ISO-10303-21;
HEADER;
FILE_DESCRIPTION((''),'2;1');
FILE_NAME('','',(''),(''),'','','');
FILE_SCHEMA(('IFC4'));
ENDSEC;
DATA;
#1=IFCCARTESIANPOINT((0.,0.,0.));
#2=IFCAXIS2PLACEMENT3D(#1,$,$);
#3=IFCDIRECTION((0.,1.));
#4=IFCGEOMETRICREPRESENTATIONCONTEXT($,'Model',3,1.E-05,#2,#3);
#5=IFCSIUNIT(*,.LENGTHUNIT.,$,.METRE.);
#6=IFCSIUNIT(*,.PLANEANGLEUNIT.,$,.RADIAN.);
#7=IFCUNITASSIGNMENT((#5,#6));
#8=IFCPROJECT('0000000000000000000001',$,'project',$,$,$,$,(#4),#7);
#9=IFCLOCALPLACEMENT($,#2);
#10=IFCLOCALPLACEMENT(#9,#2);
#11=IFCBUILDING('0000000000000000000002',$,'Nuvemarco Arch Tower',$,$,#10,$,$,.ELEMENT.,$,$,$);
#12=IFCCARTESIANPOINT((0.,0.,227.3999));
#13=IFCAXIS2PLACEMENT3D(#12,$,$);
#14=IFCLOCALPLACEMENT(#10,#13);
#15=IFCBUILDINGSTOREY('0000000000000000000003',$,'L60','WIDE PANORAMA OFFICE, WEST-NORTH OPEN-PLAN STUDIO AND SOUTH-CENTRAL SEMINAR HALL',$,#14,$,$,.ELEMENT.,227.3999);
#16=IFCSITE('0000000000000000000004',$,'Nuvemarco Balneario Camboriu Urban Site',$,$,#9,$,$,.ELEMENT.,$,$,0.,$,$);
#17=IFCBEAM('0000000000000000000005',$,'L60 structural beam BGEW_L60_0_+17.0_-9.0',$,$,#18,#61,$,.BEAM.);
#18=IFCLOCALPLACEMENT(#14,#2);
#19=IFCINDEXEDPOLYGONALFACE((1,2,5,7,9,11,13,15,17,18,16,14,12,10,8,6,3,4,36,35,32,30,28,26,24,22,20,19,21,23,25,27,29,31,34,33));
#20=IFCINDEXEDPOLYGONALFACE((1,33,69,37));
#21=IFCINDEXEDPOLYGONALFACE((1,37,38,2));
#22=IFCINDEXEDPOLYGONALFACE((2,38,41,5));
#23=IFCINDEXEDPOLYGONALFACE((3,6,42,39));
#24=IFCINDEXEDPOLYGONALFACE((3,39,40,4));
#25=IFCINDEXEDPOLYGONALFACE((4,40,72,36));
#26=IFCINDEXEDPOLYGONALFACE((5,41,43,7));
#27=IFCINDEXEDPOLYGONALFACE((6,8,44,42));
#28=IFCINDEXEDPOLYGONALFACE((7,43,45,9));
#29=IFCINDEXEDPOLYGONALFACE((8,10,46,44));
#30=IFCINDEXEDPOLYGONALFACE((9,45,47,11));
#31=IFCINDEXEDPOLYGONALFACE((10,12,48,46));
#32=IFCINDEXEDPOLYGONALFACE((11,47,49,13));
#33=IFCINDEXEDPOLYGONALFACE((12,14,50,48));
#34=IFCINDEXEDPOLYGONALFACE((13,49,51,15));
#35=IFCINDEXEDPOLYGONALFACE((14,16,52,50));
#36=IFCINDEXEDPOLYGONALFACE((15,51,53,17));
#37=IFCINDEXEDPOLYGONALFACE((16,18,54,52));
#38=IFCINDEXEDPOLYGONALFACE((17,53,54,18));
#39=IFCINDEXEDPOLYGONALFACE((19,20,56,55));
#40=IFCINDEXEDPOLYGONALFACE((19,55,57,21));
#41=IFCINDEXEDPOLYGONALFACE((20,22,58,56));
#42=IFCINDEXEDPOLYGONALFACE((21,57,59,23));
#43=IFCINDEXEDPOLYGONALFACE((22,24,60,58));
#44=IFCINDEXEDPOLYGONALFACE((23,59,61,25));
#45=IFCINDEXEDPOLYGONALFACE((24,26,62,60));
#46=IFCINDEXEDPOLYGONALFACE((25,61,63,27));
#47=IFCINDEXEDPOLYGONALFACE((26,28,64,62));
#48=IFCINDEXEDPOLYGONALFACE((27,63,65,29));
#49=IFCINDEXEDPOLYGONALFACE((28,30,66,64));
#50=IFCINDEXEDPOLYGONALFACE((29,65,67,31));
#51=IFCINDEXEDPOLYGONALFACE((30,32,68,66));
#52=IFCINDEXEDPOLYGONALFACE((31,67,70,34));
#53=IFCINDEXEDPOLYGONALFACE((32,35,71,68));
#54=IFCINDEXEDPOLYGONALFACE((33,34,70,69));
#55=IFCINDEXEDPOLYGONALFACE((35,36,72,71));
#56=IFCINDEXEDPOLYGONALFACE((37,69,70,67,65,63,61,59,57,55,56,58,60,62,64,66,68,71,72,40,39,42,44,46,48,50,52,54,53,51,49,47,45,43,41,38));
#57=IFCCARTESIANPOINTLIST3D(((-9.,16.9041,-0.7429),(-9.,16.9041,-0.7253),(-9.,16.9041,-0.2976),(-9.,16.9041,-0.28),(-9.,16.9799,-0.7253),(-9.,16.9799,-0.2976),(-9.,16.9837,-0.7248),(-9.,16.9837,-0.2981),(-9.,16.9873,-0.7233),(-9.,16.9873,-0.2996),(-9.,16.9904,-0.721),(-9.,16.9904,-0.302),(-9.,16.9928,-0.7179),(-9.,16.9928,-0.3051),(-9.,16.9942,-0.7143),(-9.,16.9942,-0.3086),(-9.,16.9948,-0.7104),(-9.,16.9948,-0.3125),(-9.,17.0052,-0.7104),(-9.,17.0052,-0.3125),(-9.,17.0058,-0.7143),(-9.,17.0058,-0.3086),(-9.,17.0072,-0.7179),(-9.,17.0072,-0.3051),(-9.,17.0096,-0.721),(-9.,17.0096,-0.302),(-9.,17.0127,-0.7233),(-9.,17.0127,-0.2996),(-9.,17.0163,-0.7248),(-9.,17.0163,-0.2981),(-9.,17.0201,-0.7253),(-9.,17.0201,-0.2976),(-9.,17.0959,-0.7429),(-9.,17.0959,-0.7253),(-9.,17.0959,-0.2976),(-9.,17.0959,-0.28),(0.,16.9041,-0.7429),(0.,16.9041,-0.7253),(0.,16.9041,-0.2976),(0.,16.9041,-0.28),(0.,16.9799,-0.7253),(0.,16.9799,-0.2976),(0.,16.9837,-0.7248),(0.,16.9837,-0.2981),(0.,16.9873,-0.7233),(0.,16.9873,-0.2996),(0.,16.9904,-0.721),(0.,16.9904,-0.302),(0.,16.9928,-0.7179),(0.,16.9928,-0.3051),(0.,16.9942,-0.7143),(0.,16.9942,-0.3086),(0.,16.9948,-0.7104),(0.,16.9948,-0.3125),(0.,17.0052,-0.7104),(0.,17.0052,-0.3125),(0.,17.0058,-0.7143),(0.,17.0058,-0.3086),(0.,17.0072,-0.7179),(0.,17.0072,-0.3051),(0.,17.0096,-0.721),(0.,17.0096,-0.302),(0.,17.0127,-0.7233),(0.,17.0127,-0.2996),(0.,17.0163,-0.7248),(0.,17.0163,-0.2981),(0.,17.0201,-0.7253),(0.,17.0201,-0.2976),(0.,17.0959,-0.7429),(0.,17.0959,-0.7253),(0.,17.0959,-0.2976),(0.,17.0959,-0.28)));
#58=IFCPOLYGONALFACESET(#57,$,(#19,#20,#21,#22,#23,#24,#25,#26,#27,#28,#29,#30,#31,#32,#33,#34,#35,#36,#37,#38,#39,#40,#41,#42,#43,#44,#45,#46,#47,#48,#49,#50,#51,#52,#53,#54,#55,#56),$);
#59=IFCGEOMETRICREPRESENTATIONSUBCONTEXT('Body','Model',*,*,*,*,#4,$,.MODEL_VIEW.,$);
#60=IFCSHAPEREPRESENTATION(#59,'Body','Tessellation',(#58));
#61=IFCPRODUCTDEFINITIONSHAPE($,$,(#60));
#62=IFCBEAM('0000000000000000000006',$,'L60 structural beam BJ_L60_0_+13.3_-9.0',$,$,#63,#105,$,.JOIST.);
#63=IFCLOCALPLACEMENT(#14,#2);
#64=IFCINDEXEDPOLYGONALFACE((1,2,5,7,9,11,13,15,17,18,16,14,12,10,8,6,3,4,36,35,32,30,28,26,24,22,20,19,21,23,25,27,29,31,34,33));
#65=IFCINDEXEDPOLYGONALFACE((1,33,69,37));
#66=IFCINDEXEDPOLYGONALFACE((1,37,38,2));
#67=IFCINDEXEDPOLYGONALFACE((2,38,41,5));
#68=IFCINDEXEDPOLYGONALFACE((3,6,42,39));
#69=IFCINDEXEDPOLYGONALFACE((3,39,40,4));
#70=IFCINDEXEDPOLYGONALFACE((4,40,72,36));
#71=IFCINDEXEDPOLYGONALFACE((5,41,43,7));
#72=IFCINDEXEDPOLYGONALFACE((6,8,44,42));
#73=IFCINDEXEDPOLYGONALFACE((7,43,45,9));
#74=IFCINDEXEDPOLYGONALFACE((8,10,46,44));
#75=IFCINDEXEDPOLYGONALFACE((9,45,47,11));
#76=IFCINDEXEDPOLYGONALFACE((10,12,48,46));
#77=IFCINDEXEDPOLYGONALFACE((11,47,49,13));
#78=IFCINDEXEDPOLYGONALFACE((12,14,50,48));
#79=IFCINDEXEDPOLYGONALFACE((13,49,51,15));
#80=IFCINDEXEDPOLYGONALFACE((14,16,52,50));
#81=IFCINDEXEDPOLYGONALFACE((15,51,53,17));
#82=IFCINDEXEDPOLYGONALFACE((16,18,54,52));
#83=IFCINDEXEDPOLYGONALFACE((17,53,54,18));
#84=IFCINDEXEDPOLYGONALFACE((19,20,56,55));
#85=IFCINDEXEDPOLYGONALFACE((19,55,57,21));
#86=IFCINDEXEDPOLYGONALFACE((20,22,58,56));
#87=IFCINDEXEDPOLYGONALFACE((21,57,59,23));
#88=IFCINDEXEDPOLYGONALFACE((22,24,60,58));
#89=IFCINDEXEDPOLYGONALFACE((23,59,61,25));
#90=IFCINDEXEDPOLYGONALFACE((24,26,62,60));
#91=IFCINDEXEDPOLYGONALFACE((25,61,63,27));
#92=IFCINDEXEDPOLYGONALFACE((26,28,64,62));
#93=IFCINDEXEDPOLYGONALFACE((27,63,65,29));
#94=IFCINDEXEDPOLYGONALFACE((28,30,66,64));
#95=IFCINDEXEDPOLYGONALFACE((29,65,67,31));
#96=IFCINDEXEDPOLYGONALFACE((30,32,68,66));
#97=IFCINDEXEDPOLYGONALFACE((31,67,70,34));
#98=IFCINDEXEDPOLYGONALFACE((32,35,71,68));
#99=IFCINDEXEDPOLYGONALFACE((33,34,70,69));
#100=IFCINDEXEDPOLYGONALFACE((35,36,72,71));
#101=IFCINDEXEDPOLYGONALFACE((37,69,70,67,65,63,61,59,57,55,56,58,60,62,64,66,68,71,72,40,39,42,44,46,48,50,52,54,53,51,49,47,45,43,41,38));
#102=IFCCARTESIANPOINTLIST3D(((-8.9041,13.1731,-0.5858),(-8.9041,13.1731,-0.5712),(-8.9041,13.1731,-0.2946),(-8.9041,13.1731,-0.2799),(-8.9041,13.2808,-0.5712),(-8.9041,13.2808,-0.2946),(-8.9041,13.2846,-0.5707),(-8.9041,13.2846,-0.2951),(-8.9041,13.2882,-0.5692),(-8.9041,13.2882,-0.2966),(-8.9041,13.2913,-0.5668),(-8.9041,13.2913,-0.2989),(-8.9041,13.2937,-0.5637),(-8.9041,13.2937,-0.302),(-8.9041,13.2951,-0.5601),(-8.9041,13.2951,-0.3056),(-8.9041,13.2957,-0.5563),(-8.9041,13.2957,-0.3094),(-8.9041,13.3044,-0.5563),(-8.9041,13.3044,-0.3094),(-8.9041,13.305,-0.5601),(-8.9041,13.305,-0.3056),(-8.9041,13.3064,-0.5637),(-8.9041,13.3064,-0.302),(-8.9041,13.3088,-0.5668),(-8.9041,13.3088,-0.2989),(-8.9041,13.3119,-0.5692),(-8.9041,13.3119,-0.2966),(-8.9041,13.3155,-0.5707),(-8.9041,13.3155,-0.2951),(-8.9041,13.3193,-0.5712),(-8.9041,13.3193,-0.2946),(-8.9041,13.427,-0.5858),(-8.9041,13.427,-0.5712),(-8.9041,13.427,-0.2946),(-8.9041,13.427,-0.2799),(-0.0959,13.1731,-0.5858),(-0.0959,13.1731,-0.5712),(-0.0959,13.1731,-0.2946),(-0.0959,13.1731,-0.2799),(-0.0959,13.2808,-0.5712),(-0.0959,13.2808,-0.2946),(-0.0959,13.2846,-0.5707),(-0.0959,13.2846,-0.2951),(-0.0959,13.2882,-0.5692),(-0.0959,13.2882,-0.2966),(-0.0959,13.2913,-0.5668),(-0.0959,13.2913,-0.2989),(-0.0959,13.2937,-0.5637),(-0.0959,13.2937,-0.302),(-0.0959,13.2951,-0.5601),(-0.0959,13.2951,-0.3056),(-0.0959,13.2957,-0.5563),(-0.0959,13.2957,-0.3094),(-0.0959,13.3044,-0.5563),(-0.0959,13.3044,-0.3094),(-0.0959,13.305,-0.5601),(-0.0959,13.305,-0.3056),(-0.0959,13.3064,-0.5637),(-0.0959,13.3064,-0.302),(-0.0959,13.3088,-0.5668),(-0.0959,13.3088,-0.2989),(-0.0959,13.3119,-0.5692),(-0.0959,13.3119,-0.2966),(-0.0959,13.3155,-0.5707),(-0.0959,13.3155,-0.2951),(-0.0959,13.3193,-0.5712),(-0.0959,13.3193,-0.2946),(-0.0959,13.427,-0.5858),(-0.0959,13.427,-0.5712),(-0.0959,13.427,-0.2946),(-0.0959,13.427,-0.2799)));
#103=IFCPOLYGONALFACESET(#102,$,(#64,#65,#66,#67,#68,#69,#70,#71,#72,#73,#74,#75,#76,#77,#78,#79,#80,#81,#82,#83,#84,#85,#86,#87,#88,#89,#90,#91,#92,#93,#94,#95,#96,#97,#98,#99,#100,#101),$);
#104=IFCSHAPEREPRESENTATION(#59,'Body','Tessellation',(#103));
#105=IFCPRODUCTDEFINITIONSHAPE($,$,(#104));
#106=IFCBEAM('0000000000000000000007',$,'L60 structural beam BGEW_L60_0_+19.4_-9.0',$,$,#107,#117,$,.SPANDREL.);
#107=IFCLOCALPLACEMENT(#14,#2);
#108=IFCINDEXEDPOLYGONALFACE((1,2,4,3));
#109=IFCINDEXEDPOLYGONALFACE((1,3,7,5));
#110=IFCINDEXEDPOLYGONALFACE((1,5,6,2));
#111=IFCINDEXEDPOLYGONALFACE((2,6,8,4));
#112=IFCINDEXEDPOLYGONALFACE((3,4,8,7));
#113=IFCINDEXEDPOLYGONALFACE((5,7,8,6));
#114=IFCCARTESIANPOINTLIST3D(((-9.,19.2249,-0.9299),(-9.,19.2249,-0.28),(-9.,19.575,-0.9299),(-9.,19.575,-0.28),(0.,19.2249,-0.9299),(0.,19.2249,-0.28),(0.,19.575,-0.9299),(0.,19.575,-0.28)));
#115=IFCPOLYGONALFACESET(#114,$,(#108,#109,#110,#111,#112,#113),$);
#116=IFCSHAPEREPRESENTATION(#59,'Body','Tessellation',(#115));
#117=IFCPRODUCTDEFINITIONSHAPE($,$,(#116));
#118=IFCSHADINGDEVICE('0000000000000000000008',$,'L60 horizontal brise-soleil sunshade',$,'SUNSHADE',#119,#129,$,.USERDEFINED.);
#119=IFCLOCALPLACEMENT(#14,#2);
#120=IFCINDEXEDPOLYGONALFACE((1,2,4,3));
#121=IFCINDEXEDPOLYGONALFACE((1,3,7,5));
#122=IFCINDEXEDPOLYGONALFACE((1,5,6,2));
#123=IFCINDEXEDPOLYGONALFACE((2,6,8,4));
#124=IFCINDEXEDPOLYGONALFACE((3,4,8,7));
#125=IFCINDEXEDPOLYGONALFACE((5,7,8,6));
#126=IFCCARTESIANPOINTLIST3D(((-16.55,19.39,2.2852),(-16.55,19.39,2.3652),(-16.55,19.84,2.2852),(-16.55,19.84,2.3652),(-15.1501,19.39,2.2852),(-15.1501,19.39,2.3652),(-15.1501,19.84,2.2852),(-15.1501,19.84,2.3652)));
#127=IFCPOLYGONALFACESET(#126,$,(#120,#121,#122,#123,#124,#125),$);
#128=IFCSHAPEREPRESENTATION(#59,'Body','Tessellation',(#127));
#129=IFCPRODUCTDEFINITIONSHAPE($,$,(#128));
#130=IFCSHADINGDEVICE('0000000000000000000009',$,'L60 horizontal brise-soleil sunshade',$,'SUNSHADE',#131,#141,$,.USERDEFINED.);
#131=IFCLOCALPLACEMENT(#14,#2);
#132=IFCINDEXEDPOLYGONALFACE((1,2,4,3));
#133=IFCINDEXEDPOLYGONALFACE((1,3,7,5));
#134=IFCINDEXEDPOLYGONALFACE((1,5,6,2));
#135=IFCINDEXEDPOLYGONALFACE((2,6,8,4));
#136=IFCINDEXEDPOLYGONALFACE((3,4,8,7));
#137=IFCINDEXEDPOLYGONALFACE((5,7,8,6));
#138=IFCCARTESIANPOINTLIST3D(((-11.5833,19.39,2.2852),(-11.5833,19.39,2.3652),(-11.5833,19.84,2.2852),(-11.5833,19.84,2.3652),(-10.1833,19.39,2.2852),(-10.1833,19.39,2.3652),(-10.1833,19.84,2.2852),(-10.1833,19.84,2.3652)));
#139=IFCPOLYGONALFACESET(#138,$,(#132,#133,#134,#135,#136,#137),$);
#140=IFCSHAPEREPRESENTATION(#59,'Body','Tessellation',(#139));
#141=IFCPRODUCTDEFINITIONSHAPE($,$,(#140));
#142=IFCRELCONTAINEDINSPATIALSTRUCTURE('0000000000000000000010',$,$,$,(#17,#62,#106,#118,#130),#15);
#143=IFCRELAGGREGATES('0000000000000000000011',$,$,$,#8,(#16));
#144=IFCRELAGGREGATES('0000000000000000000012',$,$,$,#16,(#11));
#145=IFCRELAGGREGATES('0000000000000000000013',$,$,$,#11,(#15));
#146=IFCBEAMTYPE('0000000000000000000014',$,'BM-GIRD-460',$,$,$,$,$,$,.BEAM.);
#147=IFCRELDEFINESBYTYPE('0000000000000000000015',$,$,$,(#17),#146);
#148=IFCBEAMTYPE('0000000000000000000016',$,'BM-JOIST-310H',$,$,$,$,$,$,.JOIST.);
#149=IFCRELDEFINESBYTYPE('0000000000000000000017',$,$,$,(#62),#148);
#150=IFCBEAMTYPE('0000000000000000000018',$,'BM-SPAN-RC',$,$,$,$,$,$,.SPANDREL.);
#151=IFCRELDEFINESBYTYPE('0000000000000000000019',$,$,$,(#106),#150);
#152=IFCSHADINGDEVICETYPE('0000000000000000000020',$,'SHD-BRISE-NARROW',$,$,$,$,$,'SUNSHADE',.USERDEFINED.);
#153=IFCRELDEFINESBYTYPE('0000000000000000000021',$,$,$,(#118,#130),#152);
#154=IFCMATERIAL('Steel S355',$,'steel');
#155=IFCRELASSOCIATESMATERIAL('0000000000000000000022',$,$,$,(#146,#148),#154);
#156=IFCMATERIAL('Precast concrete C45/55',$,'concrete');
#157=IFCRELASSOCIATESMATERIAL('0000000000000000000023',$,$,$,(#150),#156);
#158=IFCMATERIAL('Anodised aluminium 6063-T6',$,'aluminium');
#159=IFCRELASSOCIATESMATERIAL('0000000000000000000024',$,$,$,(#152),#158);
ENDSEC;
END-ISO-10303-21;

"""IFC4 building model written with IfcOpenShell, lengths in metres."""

from ifc_helpers import new_model, si_unit, direction, frame, origin, origin_2d, place, context, subcontext, project, spatial, rectangle, i_section, extrude, source, transform, mapped, material, material_profile, profile_set, type_object, type_shapes, element, save


model = new_model("IFC4")

# Units and contexts
model_context = context("Model", 3, precision=1e-05, world=origin(), true_north=direction((0.0, 1.0)))
body_context = subcontext(model_context, "Body", "Model", "MODEL_VIEW")
ifc_project = project(units=[si_unit("LENGTHUNIT", "METRE"), si_unit("PLANEANGLEUNIT", "RADIAN")], contexts=[model_context])

# Site, building, storey
site_placement = place(None, origin())
site = spatial("IfcSite", under=ifc_project, at=site_placement, Name="Nuvemarco Balneario Camboriu Urban Site", CompositionType="ELEMENT", RefElevation=0.0)
building_placement = place(site_placement, origin())
building = spatial("IfcBuilding", under=site, at=building_placement, Name="Nuvemarco Arch Tower", CompositionType="ELEMENT")
storey_placement = place(building_placement, frame((0.0, 0.0, 227.3999)))
storey = spatial("IfcBuildingStorey", under=building, at=storey_placement, Name="L60", Description="WIDE PANORAMA OFFICE, WEST-NORTH OPEN-PLAN STUDIO AND SOUTH-CENTRAL SEMINAR HALL", CompositionType="ELEMENT", Elevation=227.3999)

# Shared definitions
ifc_material_1 = material(Name="Steel S355", Category="steel")

# Beams
ifc_material_profile_1 = material_profile(ifc_material_1, i_section(OverallWidth=0.1919, OverallDepth=0.4629, WebThickness=0.0105, FlangeThickness=0.0176, FilletRadius=0.0149, at=origin_2d()), Name="W460x89")
ifc_profile_set_1 = profile_set([ifc_material_profile_1], Name="Steel S355")
beam_type_1 = type_object("IfcBeamType", Name="BM-GIRD-460", PredefinedType="BEAM", material=ifc_profile_set_1)
beam_1_placement = place(storey_placement, frame((-9.0, 17.0, -0.5115), z_axis=(1.0, 0.0, 0.0), x_axis=(0.0, 1.0, 0.0)))
element("IfcBeam", 1, at=beam_1_placement, inside=storey, type_object=beam_type_1, Name="L60 structural beam BGEW_L60_0_+17.0_-9.0", PredefinedType="BEAM", context=body_context, shape_type="SweptSolid", body=[
    extrude(i_section(OverallWidth=0.1919, OverallDepth=0.4629, WebThickness=0.0105, FlangeThickness=0.0176, FilletRadius=0.0149, at=origin_2d()), origin(), (0.0, 0.0, 1.0), 9.0),
])
ifc_material_profile_2 = material_profile(ifc_material_1, i_section(OverallWidth=0.2539, OverallDepth=0.3059, WebThickness=0.0088, FlangeThickness=0.0146, FilletRadius=0.0149, at=origin_2d()), Name="W310x79")
ifc_profile_set_2 = profile_set([ifc_material_profile_2], Name="Steel S355")
beam_type_2 = type_object("IfcBeamType", Name="BM-JOIST-310H", PredefinedType="JOIST", material=ifc_profile_set_2)
beam_2_placement = place(storey_placement, frame((-8.9041, 13.3, -0.4329), z_axis=(1.0, 0.0, 0.0), x_axis=(0.0, 1.0, 0.0)))
element("IfcBeam", 2, at=beam_2_placement, inside=storey, type_object=beam_type_2, Name="L60 structural beam BJ_L60_0_+13.3_-9.0", PredefinedType="JOIST", context=body_context, shape_type="SweptSolid", body=[
    extrude(i_section(OverallWidth=0.2539, OverallDepth=0.3059, WebThickness=0.0088, FlangeThickness=0.0146, FilletRadius=0.0149, at=origin_2d()), origin(), (0.0, 0.0, 1.0), 8.8081),
])
ifc_material_2 = material(Name="Precast concrete C45/55", Category="concrete")
ifc_material_profile_3 = material_profile(ifc_material_2, rectangle(XDim=0.3501, YDim=0.6499, at=origin_2d()), Name="PC-SP-350x650")
ifc_profile_set_3 = profile_set([ifc_material_profile_3], Name="Precast concrete C45/55")
beam_type_3 = type_object("IfcBeamType", Name="BM-SPAN-RC", PredefinedType="SPANDREL", material=ifc_profile_set_3)
beam_3_placement = place(storey_placement, frame((-9.0, 19.3999, -0.605), z_axis=(1.0, 0.0, 0.0), x_axis=(0.0, 1.0, 0.0)))
element("IfcBeam", 3, at=beam_3_placement, inside=storey, type_object=beam_type_3, Name="L60 structural beam BGEW_L60_0_+19.4_-9.0", PredefinedType="SPANDREL", context=body_context, shape_type="SweptSolid", body=[
    extrude(rectangle(XDim=0.3501, YDim=0.6499, at=origin_2d()), origin(), (0.0, 0.0, 1.0), 9.0),
])

# Shared definitions
ifc_material_3 = material(Name="Anodised aluminium 6063-T6", Category="aluminium")

# Shading devices
shading_device_type = type_object("IfcShadingDeviceType", Name="SHD-BRISE-NARROW", ElementType="SUNSHADE", PredefinedType="USERDEFINED", material=ifc_material_3)
shared_shape_1 = source(origin(), body_context, "Body", "SweptSolid", [
    extrude(rectangle(XDim=1.3999, YDim=0.45, at=origin_2d()), origin(), (0.0, 0.0, 1.0), 0.0801),
])
type_shapes(shading_device_type, [shared_shape_1])
for number, where, z_axis, x_axis, name in (
    (4, (-15.8501, 19.615, 2.2852), (0.0, 0.0, 1.0), (1.0, 0.0, 0.0), "L60 horizontal brise-soleil sunshade"),
    (5, (-10.8833, 19.615, 2.2852), (0.0, 0.0, 1.0), (1.0, 0.0, 0.0), "L60 horizontal brise-soleil sunshade"),
):
    element("IfcShadingDevice", number, at=place(storey_placement, frame(where, z_axis=z_axis, x_axis=x_axis)), inside=storey, type_object=shading_device_type, Name=name, ObjectType="SUNSHADE", PredefinedType="USERDEFINED", context=body_context, shape_type="MappedRepresentation", body=[
        mapped(shared_shape_1, transform((0.0, 0.0, 0.0), scale=1.0)),
    ])

save(model, "model.ifc")
